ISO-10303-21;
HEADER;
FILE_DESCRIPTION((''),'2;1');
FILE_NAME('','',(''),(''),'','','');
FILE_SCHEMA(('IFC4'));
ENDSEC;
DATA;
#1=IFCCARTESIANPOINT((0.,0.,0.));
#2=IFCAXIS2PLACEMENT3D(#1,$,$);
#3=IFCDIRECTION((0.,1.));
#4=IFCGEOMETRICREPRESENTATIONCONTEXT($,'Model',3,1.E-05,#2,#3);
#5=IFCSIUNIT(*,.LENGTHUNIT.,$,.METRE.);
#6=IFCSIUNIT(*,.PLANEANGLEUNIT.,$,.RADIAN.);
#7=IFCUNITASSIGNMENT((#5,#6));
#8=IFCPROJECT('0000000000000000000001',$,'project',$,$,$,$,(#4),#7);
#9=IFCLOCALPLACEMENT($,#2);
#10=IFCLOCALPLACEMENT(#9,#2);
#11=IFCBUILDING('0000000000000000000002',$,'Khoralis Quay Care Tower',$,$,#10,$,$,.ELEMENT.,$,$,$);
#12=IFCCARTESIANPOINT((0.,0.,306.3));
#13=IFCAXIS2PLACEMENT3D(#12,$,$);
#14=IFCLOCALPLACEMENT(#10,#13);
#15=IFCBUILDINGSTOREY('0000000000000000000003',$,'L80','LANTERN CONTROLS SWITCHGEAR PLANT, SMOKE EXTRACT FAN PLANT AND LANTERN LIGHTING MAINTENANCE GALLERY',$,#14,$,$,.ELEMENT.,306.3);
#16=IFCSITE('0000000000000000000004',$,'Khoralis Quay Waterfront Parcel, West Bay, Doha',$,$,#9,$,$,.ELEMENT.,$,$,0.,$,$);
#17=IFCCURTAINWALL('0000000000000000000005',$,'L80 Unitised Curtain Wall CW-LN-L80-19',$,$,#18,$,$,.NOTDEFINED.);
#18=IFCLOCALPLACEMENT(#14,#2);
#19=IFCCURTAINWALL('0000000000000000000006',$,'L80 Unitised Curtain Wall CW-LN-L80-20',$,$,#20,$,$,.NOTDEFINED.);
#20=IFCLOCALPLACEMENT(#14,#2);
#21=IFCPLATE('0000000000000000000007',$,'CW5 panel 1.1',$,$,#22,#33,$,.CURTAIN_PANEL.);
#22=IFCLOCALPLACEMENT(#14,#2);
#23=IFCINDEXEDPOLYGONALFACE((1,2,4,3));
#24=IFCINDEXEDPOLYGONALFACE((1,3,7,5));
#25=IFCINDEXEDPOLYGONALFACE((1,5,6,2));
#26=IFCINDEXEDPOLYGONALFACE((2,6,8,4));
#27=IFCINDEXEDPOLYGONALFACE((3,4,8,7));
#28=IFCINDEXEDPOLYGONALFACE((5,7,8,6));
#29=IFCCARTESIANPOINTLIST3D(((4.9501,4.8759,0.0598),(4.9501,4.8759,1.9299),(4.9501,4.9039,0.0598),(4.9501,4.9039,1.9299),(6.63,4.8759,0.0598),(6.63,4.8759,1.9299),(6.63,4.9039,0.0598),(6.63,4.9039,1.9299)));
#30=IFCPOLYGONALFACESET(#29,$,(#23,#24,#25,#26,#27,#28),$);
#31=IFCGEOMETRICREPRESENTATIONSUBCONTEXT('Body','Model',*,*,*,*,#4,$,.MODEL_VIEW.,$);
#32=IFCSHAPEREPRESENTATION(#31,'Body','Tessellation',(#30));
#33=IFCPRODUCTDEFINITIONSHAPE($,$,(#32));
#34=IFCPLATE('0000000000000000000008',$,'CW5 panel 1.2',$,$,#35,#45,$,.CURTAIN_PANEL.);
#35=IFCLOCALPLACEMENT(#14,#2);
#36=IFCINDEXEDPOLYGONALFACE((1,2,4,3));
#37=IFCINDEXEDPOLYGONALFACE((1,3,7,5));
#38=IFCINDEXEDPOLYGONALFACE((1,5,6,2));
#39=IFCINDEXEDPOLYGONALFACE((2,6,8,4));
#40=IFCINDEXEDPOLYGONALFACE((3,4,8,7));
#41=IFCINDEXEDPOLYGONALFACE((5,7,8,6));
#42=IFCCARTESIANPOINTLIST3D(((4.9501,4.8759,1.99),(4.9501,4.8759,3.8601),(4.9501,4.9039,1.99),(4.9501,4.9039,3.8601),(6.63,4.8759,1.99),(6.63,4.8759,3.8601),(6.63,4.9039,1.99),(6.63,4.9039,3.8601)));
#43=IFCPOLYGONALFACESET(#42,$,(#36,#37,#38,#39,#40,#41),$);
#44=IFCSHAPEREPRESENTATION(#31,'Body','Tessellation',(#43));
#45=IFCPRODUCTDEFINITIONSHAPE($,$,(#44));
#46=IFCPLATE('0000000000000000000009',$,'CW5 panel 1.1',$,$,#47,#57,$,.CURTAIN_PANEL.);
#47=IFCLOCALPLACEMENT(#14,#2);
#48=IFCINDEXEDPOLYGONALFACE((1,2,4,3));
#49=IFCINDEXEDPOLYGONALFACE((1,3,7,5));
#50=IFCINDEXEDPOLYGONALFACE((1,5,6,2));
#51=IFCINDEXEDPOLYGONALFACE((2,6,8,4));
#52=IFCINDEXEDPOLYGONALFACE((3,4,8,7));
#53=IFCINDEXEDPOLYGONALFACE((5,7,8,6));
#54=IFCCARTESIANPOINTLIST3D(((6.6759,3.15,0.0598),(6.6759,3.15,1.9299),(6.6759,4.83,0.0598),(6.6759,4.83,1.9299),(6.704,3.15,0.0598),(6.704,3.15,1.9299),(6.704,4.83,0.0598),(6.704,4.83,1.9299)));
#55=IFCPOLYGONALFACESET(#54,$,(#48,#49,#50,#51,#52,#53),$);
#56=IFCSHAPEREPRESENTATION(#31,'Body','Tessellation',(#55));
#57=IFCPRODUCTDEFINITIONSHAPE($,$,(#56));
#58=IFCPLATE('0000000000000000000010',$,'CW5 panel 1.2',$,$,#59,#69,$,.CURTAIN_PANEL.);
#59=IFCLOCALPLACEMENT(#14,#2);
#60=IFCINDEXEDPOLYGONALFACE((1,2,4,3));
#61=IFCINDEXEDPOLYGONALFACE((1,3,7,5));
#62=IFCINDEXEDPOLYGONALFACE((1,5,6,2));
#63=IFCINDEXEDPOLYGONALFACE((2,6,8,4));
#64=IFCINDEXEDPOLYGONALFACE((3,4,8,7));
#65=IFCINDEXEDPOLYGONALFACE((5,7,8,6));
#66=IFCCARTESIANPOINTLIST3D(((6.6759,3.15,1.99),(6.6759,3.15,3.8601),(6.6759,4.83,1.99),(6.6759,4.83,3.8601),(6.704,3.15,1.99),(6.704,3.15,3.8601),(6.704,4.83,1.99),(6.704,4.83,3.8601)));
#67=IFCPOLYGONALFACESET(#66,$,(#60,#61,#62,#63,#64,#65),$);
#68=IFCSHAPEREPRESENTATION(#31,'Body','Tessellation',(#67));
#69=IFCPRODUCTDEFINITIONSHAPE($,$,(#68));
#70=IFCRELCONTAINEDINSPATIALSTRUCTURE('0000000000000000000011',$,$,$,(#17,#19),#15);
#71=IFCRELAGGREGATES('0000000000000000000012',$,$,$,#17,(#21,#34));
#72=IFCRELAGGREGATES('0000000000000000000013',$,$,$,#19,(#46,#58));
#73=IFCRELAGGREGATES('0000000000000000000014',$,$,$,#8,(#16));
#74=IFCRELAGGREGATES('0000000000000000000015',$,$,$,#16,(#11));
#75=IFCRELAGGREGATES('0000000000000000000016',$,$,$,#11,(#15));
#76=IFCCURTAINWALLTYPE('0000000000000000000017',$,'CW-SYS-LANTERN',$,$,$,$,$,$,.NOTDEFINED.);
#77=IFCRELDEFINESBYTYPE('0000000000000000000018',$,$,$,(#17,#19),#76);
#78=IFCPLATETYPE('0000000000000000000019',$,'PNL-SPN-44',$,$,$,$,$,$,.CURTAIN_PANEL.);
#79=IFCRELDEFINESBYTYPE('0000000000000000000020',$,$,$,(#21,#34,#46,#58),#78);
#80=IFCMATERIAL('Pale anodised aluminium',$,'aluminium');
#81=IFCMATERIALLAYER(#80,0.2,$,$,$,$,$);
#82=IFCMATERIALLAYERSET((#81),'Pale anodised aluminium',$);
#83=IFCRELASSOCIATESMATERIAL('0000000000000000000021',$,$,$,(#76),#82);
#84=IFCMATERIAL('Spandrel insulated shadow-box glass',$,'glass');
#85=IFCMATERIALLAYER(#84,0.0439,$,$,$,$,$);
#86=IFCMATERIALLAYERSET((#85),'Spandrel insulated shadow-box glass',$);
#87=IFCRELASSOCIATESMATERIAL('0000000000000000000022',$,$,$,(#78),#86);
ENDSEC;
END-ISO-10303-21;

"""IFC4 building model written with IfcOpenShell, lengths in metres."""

from ifc_helpers import new_model, si_unit, direction, frame, origin, origin_2d, place, context, subcontext, project, spatial, rectangle, extrude, source, transform, mapped, material, layer, layer_set, type_object, element, aggregate, save


model = new_model("IFC4")

# Units and contexts
model_context = context("Model", 3, precision=1e-05, world=origin(), true_north=direction((0.0, 1.0)))
body_context = subcontext(model_context, "Body", "Model", "MODEL_VIEW")
ifc_project = project(units=[si_unit("LENGTHUNIT", "METRE"), si_unit("PLANEANGLEUNIT", "RADIAN")], contexts=[model_context])

# Site, building, storey
site_placement = place(None, origin())
site = spatial("IfcSite", under=ifc_project, at=site_placement, Name="Khoralis Quay Waterfront Parcel, West Bay, Doha", CompositionType="ELEMENT", RefElevation=0.0)
building_placement = place(site_placement, origin())
building = spatial("IfcBuilding", under=site, at=building_placement, Name="Khoralis Quay Care Tower", CompositionType="ELEMENT")
storey_placement = place(building_placement, frame((0.0, 0.0, 306.3)))
storey = spatial("IfcBuildingStorey", under=building, at=storey_placement, Name="L80", Description="LANTERN CONTROLS SWITCHGEAR PLANT, SMOKE EXTRACT FAN PLANT AND LANTERN LIGHTING MAINTENANCE GALLERY", CompositionType="ELEMENT", Elevation=306.3)

# Curtain wall
ifc_material_1 = material(Name="Pale anodised aluminium", Category="aluminium")
ifc_layer_1 = layer(ifc_material_1, 0.2)
ifc_layer_set_1 = layer_set([ifc_layer_1], Name="Pale anodised aluminium")
curtain_wall_type = type_object("IfcCurtainWallType", Name="CW-SYS-LANTERN", PredefinedType="NOTDEFINED", material=ifc_layer_set_1)
curtain_wall_1_placement = place(storey_placement, origin())
curtain_wall_1 = element("IfcCurtainWall", 1, at=curtain_wall_1_placement, inside=storey, type_object=curtain_wall_type, Name="L80 Unitised Curtain Wall CW-LN-L80-19", PredefinedType="NOTDEFINED")

# Curtain wall
curtain_wall_2_placement = place(storey_placement, origin())
curtain_wall_2 = element("IfcCurtainWall", 2, at=curtain_wall_2_placement, inside=storey, type_object=curtain_wall_type, Name="L80 Unitised Curtain Wall CW-LN-L80-20", PredefinedType="NOTDEFINED")

# Plates
ifc_material_2 = material(Name="Spandrel insulated shadow-box glass", Category="glass")
ifc_layer_2 = layer(ifc_material_2, 0.0439)
ifc_layer_set_2 = layer_set([ifc_layer_2], Name="Spandrel insulated shadow-box glass")
plate_type = type_object("IfcPlateType", Name="PNL-SPN-44", PredefinedType="CURTAIN_PANEL", material=ifc_layer_set_2)
shared_shape_1 = source(origin(), body_context, "Body", "SweptSolid", [
    extrude(rectangle(XDim=1.6799, YDim=0.0281, at=origin_2d()), origin(), (0.0, 0.0, 1.0), 1.8701),
])
plate_1_placement = place(storey_placement, frame((5.79, 4.8899, 0.0598), z_axis=(0.0, 0.0, 1.0), x_axis=(1.0, 0.0, 0.0)))
plate_1 = element("IfcPlate", 3, at=plate_1_placement, type_object=plate_type, Name="CW5 panel 1.1", PredefinedType="CURTAIN_PANEL", context=body_context, shape_type="MappedRepresentation", body=[
    mapped(shared_shape_1, transform((0.0, 0.0, 0.0), scale=1.0)),
])
plate_2_placement = place(storey_placement, frame((5.79, 4.8899, 1.99), z_axis=(0.0, 0.0, 1.0), x_axis=(1.0, 0.0, 0.0)))
plate_2 = element("IfcPlate", 4, at=plate_2_placement, type_object=plate_type, Name="CW5 panel 1.2", PredefinedType="CURTAIN_PANEL", context=body_context, shape_type="MappedRepresentation", body=[
    mapped(shared_shape_1, transform((0.0, 0.0, 0.0), scale=1.0)),
])
aggregate(curtain_wall_1, [plate_1, plate_2])
plate_3_placement = place(storey_placement, frame((6.6899, 3.99, 0.0598), z_axis=(0.0, 0.0, 1.0), x_axis=(0.0, -1.0, 0.0)))
plate_3 = element("IfcPlate", 5, at=plate_3_placement, type_object=plate_type, Name="CW5 panel 1.1", PredefinedType="CURTAIN_PANEL", context=body_context, shape_type="MappedRepresentation", body=[
    mapped(shared_shape_1, transform((0.0, 0.0, 0.0), scale=1.0)),
])
plate_4_placement = place(storey_placement, frame((6.6899, 3.99, 1.99), z_axis=(0.0, 0.0, 1.0), x_axis=(0.0, -1.0, 0.0)))
plate_4 = element("IfcPlate", 6, at=plate_4_placement, type_object=plate_type, Name="CW5 panel 1.2", PredefinedType="CURTAIN_PANEL", context=body_context, shape_type="MappedRepresentation", body=[
    mapped(shared_shape_1, transform((0.0, 0.0, 0.0), scale=1.0)),
])
aggregate(curtain_wall_2, [plate_3, plate_4])

save(model, "model.ifc")
